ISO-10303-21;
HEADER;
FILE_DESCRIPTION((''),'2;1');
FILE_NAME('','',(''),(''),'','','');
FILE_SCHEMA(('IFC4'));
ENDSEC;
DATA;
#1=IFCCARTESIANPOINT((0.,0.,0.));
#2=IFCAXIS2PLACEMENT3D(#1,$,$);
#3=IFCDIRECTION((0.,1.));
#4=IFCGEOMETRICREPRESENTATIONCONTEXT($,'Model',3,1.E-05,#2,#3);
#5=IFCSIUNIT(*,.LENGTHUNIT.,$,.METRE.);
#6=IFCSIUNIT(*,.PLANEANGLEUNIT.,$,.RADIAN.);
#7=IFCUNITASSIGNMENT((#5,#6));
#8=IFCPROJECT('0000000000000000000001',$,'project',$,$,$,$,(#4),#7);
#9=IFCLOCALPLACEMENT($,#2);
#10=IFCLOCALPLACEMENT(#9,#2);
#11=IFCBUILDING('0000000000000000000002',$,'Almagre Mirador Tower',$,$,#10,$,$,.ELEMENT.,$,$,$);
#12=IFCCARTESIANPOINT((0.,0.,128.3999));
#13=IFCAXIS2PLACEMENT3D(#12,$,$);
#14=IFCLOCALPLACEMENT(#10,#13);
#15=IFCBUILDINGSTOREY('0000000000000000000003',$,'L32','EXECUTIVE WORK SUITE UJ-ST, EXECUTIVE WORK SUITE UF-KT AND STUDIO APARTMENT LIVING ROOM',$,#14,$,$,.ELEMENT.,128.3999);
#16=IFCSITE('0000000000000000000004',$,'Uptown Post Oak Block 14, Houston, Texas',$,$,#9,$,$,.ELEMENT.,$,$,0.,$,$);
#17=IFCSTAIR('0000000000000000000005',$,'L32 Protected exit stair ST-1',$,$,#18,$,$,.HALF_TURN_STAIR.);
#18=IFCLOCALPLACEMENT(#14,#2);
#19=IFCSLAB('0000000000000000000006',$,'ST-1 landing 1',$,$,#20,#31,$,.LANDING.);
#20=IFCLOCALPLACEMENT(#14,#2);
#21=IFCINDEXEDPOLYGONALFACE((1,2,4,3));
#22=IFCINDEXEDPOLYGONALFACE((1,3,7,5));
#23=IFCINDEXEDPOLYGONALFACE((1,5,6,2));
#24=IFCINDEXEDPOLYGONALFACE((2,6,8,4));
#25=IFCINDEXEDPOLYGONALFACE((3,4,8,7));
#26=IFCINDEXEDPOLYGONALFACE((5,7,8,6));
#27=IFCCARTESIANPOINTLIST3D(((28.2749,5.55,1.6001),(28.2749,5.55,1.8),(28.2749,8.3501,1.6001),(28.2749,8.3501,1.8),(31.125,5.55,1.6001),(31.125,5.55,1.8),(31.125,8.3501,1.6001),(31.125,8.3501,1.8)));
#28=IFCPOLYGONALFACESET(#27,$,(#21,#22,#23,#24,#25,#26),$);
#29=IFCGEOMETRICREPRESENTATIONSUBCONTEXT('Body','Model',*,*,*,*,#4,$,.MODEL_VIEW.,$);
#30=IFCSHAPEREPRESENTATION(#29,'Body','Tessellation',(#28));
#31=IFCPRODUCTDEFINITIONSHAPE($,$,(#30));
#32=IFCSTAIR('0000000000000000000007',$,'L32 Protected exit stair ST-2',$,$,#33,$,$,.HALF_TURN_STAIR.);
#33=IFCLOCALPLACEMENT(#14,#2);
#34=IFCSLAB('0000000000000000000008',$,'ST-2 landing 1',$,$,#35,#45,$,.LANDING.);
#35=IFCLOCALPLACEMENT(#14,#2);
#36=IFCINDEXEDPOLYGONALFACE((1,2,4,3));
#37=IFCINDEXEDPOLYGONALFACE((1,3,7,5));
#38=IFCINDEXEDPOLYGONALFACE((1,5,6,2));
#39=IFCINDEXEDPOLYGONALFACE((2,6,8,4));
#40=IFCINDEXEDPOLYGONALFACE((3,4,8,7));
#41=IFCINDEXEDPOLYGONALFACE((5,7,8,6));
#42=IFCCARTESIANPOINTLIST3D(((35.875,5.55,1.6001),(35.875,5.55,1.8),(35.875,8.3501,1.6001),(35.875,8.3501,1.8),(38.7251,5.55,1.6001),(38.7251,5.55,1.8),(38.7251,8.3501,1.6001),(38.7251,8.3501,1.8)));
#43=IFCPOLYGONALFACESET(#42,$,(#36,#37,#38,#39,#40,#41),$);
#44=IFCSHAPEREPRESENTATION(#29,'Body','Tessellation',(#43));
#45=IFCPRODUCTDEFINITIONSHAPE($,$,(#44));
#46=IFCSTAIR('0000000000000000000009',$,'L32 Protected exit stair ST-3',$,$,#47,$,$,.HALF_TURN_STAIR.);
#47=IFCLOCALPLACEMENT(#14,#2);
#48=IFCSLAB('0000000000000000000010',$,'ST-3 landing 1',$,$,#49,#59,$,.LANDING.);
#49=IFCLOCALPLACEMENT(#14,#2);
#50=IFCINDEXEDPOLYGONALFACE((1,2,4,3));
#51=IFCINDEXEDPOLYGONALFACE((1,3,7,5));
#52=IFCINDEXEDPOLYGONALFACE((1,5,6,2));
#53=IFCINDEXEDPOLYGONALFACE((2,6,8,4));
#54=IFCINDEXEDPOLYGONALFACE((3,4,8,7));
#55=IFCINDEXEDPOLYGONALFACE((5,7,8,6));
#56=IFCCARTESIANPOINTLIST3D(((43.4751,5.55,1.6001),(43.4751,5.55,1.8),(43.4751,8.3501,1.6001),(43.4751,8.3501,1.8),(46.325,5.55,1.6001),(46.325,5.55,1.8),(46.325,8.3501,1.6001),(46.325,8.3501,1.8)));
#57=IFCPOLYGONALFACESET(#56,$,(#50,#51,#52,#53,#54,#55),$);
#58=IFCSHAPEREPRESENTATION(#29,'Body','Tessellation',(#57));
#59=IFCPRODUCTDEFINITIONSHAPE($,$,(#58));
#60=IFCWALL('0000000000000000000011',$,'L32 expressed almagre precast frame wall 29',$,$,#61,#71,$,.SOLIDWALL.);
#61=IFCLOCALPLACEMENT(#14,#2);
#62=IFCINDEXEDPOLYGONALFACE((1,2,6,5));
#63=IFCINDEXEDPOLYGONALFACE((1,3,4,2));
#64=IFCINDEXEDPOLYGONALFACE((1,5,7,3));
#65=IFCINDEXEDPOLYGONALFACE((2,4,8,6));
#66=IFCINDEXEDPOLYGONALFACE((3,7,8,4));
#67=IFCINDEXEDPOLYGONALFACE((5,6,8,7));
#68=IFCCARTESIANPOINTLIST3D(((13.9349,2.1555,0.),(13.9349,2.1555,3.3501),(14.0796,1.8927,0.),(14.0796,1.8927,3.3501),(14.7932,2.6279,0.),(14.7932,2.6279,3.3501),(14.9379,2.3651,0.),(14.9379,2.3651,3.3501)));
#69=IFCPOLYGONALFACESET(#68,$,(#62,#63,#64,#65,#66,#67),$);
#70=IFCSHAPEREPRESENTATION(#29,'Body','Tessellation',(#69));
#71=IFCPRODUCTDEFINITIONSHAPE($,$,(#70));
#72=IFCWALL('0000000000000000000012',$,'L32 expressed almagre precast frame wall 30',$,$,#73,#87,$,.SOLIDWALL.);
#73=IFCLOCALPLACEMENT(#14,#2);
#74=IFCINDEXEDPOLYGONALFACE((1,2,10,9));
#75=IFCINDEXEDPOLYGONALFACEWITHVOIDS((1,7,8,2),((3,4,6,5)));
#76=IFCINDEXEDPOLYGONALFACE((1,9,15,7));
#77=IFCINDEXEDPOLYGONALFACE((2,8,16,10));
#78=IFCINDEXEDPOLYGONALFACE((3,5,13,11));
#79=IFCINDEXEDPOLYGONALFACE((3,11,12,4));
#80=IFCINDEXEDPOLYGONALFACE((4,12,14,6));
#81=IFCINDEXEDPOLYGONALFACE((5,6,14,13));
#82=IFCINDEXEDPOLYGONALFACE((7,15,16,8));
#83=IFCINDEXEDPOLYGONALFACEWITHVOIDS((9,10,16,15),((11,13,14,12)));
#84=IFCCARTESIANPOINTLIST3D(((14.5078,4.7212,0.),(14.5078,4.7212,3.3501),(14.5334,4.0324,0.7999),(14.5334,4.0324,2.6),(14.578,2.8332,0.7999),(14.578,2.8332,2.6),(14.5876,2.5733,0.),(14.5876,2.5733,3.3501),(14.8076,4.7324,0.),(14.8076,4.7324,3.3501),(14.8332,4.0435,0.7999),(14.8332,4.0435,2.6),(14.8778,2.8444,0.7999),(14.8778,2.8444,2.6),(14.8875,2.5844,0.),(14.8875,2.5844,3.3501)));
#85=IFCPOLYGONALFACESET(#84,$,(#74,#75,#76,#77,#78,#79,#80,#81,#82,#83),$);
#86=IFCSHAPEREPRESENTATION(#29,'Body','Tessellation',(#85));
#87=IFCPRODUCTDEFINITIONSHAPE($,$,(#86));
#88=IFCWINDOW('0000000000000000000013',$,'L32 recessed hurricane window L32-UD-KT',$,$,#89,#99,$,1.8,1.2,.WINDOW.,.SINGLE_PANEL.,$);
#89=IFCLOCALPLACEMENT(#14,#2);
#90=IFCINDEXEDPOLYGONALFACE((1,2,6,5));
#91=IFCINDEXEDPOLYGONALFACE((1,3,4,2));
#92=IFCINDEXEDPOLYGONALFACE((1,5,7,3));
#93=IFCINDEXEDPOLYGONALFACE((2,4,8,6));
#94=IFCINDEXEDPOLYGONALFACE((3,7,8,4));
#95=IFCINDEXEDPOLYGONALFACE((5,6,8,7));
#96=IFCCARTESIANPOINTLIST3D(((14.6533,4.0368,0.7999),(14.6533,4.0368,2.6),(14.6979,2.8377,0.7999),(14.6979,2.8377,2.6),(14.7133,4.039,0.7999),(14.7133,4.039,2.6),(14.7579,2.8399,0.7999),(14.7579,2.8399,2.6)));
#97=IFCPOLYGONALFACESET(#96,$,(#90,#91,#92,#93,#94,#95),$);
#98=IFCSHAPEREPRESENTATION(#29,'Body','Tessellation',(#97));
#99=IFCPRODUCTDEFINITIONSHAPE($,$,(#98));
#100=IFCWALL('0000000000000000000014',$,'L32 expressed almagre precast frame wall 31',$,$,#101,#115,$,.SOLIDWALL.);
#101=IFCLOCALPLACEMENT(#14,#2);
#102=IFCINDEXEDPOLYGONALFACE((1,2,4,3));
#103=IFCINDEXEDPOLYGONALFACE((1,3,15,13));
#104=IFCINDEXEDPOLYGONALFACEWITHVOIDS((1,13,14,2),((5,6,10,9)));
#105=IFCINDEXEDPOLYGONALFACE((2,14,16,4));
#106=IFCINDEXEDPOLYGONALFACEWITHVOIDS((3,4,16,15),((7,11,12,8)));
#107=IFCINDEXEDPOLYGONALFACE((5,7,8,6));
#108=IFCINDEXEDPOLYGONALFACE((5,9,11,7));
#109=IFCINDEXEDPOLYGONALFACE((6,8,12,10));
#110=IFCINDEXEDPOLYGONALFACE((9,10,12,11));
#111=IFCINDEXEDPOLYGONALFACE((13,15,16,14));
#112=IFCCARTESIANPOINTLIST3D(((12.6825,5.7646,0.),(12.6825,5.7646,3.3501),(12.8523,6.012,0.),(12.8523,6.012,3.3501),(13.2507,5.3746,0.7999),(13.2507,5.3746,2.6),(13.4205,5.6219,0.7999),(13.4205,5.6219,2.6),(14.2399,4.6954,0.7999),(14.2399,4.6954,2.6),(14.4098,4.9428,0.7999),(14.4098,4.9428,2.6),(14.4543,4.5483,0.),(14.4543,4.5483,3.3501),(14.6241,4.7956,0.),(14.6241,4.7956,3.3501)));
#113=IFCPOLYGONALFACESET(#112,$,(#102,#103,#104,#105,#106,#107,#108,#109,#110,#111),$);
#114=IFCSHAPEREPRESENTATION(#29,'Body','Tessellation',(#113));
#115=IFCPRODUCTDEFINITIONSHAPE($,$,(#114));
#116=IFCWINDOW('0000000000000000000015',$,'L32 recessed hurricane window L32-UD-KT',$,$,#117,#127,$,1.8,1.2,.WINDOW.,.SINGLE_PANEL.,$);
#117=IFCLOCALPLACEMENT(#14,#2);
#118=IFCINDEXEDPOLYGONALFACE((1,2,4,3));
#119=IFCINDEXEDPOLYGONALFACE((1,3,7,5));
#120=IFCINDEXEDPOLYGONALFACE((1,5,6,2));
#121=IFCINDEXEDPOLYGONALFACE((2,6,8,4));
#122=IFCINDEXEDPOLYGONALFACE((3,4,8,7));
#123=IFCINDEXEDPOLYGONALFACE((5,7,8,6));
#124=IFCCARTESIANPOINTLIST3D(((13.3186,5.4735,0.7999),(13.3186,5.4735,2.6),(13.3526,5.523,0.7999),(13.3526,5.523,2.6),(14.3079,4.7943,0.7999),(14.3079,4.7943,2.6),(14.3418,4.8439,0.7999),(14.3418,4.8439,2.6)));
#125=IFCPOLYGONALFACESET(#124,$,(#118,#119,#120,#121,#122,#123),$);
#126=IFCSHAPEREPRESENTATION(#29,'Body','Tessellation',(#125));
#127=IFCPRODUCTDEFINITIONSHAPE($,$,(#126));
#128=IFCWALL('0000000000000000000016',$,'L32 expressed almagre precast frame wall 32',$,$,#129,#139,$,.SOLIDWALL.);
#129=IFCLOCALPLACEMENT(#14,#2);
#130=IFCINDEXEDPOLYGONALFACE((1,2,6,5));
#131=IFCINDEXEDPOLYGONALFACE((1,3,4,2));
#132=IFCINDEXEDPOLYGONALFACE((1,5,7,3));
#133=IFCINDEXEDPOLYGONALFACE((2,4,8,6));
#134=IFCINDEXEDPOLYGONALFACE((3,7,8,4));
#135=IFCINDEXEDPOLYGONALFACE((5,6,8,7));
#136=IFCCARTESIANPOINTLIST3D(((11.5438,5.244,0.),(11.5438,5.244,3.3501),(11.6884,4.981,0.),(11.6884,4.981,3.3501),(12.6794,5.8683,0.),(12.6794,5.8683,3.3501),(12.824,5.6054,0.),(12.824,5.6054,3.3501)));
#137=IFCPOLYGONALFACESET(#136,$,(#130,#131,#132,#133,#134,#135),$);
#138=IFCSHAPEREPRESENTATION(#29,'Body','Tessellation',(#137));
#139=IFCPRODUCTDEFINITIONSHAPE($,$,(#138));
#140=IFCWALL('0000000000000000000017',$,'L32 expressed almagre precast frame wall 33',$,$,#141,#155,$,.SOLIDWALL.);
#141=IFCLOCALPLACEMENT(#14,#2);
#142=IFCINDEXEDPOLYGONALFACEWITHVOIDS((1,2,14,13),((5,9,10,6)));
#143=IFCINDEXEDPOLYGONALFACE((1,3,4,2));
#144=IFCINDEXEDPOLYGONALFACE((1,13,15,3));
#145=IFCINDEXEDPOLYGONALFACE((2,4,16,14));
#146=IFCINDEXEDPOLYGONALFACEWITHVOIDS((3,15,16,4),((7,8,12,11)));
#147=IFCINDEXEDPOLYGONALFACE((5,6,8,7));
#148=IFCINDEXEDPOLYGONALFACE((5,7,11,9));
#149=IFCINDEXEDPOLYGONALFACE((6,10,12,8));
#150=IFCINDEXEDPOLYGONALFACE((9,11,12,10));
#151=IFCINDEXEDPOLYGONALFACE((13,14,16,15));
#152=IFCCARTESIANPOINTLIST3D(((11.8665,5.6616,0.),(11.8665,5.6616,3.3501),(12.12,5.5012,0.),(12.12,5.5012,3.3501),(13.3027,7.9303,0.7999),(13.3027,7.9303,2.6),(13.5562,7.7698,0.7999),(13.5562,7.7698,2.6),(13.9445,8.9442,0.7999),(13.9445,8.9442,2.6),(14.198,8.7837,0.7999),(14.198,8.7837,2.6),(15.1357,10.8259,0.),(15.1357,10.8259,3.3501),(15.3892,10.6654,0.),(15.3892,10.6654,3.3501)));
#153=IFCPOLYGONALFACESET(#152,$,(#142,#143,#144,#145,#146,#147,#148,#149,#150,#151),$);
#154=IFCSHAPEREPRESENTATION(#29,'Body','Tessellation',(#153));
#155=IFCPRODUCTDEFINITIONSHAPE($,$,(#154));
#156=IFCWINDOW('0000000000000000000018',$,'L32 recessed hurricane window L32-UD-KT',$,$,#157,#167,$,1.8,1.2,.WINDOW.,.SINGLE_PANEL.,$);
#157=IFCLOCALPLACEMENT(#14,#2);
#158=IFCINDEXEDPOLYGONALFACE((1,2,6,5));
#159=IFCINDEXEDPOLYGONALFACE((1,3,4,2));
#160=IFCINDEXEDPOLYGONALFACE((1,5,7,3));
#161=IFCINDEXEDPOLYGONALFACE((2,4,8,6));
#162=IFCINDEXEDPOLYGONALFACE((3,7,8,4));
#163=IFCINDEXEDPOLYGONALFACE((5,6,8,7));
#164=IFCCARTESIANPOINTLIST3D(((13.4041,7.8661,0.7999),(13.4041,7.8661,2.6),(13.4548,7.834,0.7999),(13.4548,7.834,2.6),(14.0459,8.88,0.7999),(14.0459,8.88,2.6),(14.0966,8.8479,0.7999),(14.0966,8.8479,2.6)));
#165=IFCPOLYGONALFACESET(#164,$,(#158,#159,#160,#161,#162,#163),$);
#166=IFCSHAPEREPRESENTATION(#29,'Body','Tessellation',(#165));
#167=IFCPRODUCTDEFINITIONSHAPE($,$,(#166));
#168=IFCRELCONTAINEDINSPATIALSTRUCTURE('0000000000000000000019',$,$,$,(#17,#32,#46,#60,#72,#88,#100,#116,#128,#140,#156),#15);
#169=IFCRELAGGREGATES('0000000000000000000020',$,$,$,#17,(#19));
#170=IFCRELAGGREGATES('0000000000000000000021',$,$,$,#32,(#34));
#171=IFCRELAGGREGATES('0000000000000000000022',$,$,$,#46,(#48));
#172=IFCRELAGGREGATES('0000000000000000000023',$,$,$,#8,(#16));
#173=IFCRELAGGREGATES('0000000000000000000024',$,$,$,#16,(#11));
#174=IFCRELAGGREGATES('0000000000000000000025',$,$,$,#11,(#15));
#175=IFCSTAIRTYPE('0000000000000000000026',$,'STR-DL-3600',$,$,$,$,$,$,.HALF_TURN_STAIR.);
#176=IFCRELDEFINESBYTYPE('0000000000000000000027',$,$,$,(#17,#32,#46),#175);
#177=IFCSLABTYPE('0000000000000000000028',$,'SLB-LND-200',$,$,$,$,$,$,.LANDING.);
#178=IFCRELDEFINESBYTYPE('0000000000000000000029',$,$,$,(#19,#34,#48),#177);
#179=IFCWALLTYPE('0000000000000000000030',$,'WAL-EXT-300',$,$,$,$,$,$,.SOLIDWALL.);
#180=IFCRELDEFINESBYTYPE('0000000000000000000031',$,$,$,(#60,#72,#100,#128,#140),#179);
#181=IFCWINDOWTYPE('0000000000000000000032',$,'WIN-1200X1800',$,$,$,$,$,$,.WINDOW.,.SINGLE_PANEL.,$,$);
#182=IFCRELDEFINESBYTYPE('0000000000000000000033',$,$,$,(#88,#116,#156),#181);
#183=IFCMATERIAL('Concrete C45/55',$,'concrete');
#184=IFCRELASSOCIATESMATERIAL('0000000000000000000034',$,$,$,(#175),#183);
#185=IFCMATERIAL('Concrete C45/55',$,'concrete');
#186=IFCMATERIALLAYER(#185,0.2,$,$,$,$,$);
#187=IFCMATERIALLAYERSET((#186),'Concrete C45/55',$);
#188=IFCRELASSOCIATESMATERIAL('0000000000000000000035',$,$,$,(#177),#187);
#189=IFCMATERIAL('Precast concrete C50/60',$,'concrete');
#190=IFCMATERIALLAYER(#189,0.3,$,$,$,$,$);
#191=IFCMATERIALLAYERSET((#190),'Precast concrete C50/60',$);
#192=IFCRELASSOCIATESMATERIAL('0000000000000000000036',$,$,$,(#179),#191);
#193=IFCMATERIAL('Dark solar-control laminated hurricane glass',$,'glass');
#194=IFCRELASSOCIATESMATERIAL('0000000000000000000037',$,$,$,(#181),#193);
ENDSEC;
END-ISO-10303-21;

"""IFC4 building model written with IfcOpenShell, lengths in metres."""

from ifc_helpers import new_model, si_unit, direction, frame, frame_2d, origin, place, context, subcontext, project, spatial, polyline, rectangle, outline, extrude, material, layer, layer_set, type_object, element, fill, aggregate, save


model = new_model("IFC4")

# Units and contexts
model_context = context("Model", 3, precision=1e-05, world=origin(), true_north=direction((0.0, 1.0)))
body_context = subcontext(model_context, "Body", "Model", "MODEL_VIEW")
ifc_project = project(units=[si_unit("LENGTHUNIT", "METRE"), si_unit("PLANEANGLEUNIT", "RADIAN")], contexts=[model_context])

# Site, building, storey
site_placement = place(None, origin())
site = spatial("IfcSite", under=ifc_project, at=site_placement, Name="Uptown Post Oak Block 14, Houston, Texas", CompositionType="ELEMENT", RefElevation=0.0)
building_placement = place(site_placement, origin())
building = spatial("IfcBuilding", under=site, at=building_placement, Name="Almagre Mirador Tower", CompositionType="ELEMENT")
storey_placement = place(building_placement, frame((0.0, 0.0, 128.3999)))
storey = spatial("IfcBuildingStorey", under=building, at=storey_placement, Name="L32", Description="EXECUTIVE WORK SUITE UJ-ST, EXECUTIVE WORK SUITE UF-KT AND STUDIO APARTMENT LIVING ROOM", CompositionType="ELEMENT", Elevation=128.3999)

# Stairs, slabs
ifc_material_1 = material(Name="Concrete C45/55", Category="concrete")
stair_type = type_object("IfcStairType", Name="STR-DL-3600", PredefinedType="HALF_TURN_STAIR", material=ifc_material_1)
stair_1_placement = place(storey_placement, origin())
stair_1 = element("IfcStair", 1, at=stair_1_placement, inside=storey, type_object=stair_type, Name="L32 Protected exit stair ST-1", PredefinedType="HALF_TURN_STAIR")
ifc_material_2 = material(Name="Concrete C45/55", Category="concrete")
ifc_layer_1 = layer(ifc_material_2, 0.2)
ifc_layer_set_1 = layer_set([ifc_layer_1], Name="Concrete C45/55")
slab_type_1 = type_object("IfcSlabType", Name="SLB-LND-200", PredefinedType="LANDING", material=ifc_layer_set_1)
slab_1_placement = place(storey_placement, frame((0.0, 0.0, 1.6001)))
slab_1 = element("IfcSlab", 2, at=slab_1_placement, type_object=slab_type_1, Name="ST-1 landing 1", PredefinedType="LANDING", context=body_context, shape_type="SweptSolid", body=[
    extrude(outline(polyline([(28.2749, 8.3501), (28.2749, 5.55), (31.125, 5.55), (31.125, 8.3501), (28.2749, 8.3501)])), origin(), (0.0, 0.0, 1.0), 0.2),
])
aggregate(stair_1, [slab_1])
stair_2_placement = place(storey_placement, origin())
stair_2 = element("IfcStair", 3, at=stair_2_placement, inside=storey, type_object=stair_type, Name="L32 Protected exit stair ST-2", PredefinedType="HALF_TURN_STAIR")
slab_2_placement = place(storey_placement, frame((0.0, 0.0, 1.6001)))
slab_2 = element("IfcSlab", 4, at=slab_2_placement, type_object=slab_type_1, Name="ST-2 landing 1", PredefinedType="LANDING", context=body_context, shape_type="SweptSolid", body=[
    extrude(outline(polyline([(35.875, 8.3501), (35.875, 5.55), (38.7251, 5.55), (38.7251, 8.3501), (35.875, 8.3501)])), origin(), (0.0, 0.0, 1.0), 0.2),
])
aggregate(stair_2, [slab_2])
stair_3_placement = place(storey_placement, origin())
stair_3 = element("IfcStair", 5, at=stair_3_placement, inside=storey, type_object=stair_type, Name="L32 Protected exit stair ST-3", PredefinedType="HALF_TURN_STAIR")
slab_3_placement = place(storey_placement, frame((0.0, 0.0, 1.6001)))
slab_3 = element("IfcSlab", 6, at=slab_3_placement, type_object=slab_type_1, Name="ST-3 landing 1", PredefinedType="LANDING", context=body_context, shape_type="SweptSolid", body=[
    extrude(outline(polyline([(43.4751, 8.3501), (43.4751, 5.55), (46.325, 5.55), (46.325, 8.3501), (43.4751, 8.3501)])), origin(), (0.0, 0.0, 1.0), 0.2),
])
aggregate(stair_3, [slab_3])

# Wall
ifc_material_3 = material(Name="Precast concrete C50/60", Category="concrete")
ifc_layer_2 = layer(ifc_material_3, 0.3)
ifc_layer_set_2 = layer_set([ifc_layer_2], Name="Precast concrete C50/60")
wall_type_1 = type_object("IfcWallType", Name="WAL-EXT-300", PredefinedType="SOLIDWALL", material=ifc_layer_set_2)
wall_1_placement = place(storey_placement, frame((14.0073, 2.0242, 0.0), z_axis=(0.0, 0.0, 1.0), x_axis=(0.87609, 0.482148, 0.0)))
element("IfcWall", 7, at=wall_1_placement, inside=storey, type_object=wall_type_1, Name="L32 expressed almagre precast frame wall 29", PredefinedType="SOLIDWALL", context=body_context, shape_type="SweptSolid", body=[
    extrude(rectangle(XDim=0.9797, YDim=0.3, at=frame_2d((0.4897, 0.0))), origin(), (0.0, 0.0, 1.0), 3.3501),
])

# Walls, openings, windows
wall_2_placement = place(storey_placement, frame((14.7375, 2.5789, 0.0), z_axis=(0.0, 0.0, 1.0), x_axis=(-0.037142, 0.99931, 0.0)))
wall_2 = element("IfcWall", 8, at=wall_2_placement, inside=storey, type_object=wall_type_1, Name="L32 expressed almagre precast frame wall 30", PredefinedType="SOLIDWALL", context=body_context, shape_type="SweptSolid", body=[
    extrude(rectangle(XDim=2.1494, YDim=0.3, at=frame_2d((1.0747, 0.0))), origin(), (0.0, 0.0, 1.0), 3.3501),
])
opening_1_placement = place(wall_2_placement, frame((0.26, 0.0, 0.8)))
opening_1 = element("IfcOpeningElement", 9, at=opening_1_placement, cuts=wall_2, PredefinedType="OPENING", context=body_context, shape_type="SweptSolid", body=[
    extrude(rectangle(XDim=1.2, YDim=1.8, at=frame_2d((0.6001, 0.8999))), frame((0.0, 0.1599, 0.0), z_axis=(0.0, -1.0, 0.0), x_axis=(1.0, 0.0, 0.0)), (0.0, 0.0, 1.0), 0.32),
])
ifc_material_4 = material(Name="Dark solar-control laminated hurricane glass", Category="glass")
window_type_1 = type_object("IfcWindowType", Name="WIN-1200X1800", PartitioningType="SINGLE_PANEL", PredefinedType="WINDOW", material=ifc_material_4)
window_1_placement = place(opening_1_placement, origin())
window_1 = element("IfcWindow", 10, at=window_1_placement, inside=storey, type_object=window_type_1, Name="L32 recessed hurricane window L32-UD-KT", OverallHeight=1.8, OverallWidth=1.2, PartitioningType="SINGLE_PANEL", PredefinedType="WINDOW", context=body_context, shape_type="SweptSolid", body=[
    extrude(rectangle(XDim=1.2, YDim=1.8, at=frame_2d((0.6001, 0.8999))), frame((0.0, 0.03, 0.0), z_axis=(0.0, -1.0, 0.0), x_axis=(1.0, 0.0, 0.0)), (0.0, 0.0, 1.0), 0.0601),
])
fill(opening_1, window_1)
wall_3_placement = place(storey_placement, frame((14.5393, 4.6719, 0.0), z_axis=(0.0, 0.0, 1.0), x_axis=(-0.824423, 0.565974, 0.0)))
wall_3 = element("IfcWall", 11, at=wall_3_placement, inside=storey, type_object=wall_type_1, Name="L32 expressed almagre precast frame wall 31", PredefinedType="SOLIDWALL", context=body_context, shape_type="SweptSolid", body=[
    extrude(rectangle(XDim=2.1492, YDim=0.3, at=frame_2d((1.0747, 0.0))), origin(), (0.0, 0.0, 1.0), 3.3501),
])
opening_2_placement = place(wall_3_placement, frame((0.26, 0.0, 0.8)))
opening_2 = element("IfcOpeningElement", 12, at=opening_2_placement, cuts=wall_3, PredefinedType="OPENING", context=body_context, shape_type="SweptSolid", body=[
    extrude(rectangle(XDim=1.2, YDim=1.8, at=frame_2d((0.6001, 0.8999))), frame((0.0, 0.1599, 0.0), z_axis=(0.0, -1.0, 0.0), x_axis=(1.0, 0.0, 0.0)), (0.0, 0.0, 1.0), 0.32),
])
window_2_placement = place(opening_2_placement, origin())
window_2 = element("IfcWindow", 13, at=window_2_placement, inside=storey, type_object=window_type_1, Name="L32 recessed hurricane window L32-UD-KT", OverallHeight=1.8, OverallWidth=1.2, PartitioningType="SINGLE_PANEL", PredefinedType="WINDOW", context=body_context, shape_type="SweptSolid", body=[
    extrude(rectangle(XDim=1.2, YDim=1.8, at=frame_2d((0.6001, 0.8999))), frame((0.0, 0.03, 0.0), z_axis=(0.0, -1.0, 0.0), x_axis=(1.0, 0.0, 0.0)), (0.0, 0.0, 1.0), 0.0601),
])
fill(opening_2, window_2)

# Wall
wall_4_placement = place(storey_placement, frame((12.7517, 5.7368, 0.0), z_axis=(0.0, 0.0, 1.0), x_axis=(-0.876299, -0.481767, 0.0)))
element("IfcWall", 14, at=wall_4_placement, inside=storey, type_object=wall_type_1, Name="L32 expressed almagre precast frame wall 32", PredefinedType="SOLIDWALL", context=body_context, shape_type="SweptSolid", body=[
    extrude(rectangle(XDim=1.2959, YDim=0.3, at=frame_2d((0.6479, 0.0))), origin(), (0.0, 0.0, 1.0), 3.3501),
])

# Wall, opening, window
wall_5_placement = place(storey_placement, frame((11.9932, 5.5813, 0.0), z_axis=(0.0, 0.0, 1.0), x_axis=(0.534884, 0.844926, 0.0)))
wall_5 = element("IfcWall", 15, at=wall_5_placement, inside=storey, type_object=wall_type_1, Name="L32 expressed almagre precast frame wall 33", PredefinedType="SOLIDWALL", context=body_context, shape_type="SweptSolid", body=[
    extrude(rectangle(XDim=6.1121, YDim=0.3, at=frame_2d((3.0562, 0.0))), origin(), (0.0, 0.0, 1.0), 3.3501),
])
opening_3_placement = place(wall_5_placement, frame((2.6851, 0.0, 0.8)))
opening_3 = element("IfcOpeningElement", 16, at=opening_3_placement, cuts=wall_5, PredefinedType="OPENING", context=body_context, shape_type="SweptSolid", body=[
    extrude(rectangle(XDim=1.2, YDim=1.8, at=frame_2d((0.6001, 0.8999))), frame((0.0, 0.1599, 0.0), z_axis=(0.0, -1.0, 0.0), x_axis=(1.0, 0.0, 0.0)), (0.0, 0.0, 1.0), 0.32),
])
window_3_placement = place(opening_3_placement, origin())
window_3 = element("IfcWindow", 17, at=window_3_placement, inside=storey, type_object=window_type_1, Name="L32 recessed hurricane window L32-UD-KT", OverallHeight=1.8, OverallWidth=1.2, PartitioningType="SINGLE_PANEL", PredefinedType="WINDOW", context=body_context, shape_type="SweptSolid", body=[
    extrude(rectangle(XDim=1.2, YDim=1.8, at=frame_2d((0.6001, 0.8999))), frame((0.0, 0.03, 0.0), z_axis=(0.0, -1.0, 0.0), x_axis=(1.0, 0.0, 0.0)), (0.0, 0.0, 1.0), 0.0601),
])
fill(opening_3, window_3)

save(model, "model.ifc")
